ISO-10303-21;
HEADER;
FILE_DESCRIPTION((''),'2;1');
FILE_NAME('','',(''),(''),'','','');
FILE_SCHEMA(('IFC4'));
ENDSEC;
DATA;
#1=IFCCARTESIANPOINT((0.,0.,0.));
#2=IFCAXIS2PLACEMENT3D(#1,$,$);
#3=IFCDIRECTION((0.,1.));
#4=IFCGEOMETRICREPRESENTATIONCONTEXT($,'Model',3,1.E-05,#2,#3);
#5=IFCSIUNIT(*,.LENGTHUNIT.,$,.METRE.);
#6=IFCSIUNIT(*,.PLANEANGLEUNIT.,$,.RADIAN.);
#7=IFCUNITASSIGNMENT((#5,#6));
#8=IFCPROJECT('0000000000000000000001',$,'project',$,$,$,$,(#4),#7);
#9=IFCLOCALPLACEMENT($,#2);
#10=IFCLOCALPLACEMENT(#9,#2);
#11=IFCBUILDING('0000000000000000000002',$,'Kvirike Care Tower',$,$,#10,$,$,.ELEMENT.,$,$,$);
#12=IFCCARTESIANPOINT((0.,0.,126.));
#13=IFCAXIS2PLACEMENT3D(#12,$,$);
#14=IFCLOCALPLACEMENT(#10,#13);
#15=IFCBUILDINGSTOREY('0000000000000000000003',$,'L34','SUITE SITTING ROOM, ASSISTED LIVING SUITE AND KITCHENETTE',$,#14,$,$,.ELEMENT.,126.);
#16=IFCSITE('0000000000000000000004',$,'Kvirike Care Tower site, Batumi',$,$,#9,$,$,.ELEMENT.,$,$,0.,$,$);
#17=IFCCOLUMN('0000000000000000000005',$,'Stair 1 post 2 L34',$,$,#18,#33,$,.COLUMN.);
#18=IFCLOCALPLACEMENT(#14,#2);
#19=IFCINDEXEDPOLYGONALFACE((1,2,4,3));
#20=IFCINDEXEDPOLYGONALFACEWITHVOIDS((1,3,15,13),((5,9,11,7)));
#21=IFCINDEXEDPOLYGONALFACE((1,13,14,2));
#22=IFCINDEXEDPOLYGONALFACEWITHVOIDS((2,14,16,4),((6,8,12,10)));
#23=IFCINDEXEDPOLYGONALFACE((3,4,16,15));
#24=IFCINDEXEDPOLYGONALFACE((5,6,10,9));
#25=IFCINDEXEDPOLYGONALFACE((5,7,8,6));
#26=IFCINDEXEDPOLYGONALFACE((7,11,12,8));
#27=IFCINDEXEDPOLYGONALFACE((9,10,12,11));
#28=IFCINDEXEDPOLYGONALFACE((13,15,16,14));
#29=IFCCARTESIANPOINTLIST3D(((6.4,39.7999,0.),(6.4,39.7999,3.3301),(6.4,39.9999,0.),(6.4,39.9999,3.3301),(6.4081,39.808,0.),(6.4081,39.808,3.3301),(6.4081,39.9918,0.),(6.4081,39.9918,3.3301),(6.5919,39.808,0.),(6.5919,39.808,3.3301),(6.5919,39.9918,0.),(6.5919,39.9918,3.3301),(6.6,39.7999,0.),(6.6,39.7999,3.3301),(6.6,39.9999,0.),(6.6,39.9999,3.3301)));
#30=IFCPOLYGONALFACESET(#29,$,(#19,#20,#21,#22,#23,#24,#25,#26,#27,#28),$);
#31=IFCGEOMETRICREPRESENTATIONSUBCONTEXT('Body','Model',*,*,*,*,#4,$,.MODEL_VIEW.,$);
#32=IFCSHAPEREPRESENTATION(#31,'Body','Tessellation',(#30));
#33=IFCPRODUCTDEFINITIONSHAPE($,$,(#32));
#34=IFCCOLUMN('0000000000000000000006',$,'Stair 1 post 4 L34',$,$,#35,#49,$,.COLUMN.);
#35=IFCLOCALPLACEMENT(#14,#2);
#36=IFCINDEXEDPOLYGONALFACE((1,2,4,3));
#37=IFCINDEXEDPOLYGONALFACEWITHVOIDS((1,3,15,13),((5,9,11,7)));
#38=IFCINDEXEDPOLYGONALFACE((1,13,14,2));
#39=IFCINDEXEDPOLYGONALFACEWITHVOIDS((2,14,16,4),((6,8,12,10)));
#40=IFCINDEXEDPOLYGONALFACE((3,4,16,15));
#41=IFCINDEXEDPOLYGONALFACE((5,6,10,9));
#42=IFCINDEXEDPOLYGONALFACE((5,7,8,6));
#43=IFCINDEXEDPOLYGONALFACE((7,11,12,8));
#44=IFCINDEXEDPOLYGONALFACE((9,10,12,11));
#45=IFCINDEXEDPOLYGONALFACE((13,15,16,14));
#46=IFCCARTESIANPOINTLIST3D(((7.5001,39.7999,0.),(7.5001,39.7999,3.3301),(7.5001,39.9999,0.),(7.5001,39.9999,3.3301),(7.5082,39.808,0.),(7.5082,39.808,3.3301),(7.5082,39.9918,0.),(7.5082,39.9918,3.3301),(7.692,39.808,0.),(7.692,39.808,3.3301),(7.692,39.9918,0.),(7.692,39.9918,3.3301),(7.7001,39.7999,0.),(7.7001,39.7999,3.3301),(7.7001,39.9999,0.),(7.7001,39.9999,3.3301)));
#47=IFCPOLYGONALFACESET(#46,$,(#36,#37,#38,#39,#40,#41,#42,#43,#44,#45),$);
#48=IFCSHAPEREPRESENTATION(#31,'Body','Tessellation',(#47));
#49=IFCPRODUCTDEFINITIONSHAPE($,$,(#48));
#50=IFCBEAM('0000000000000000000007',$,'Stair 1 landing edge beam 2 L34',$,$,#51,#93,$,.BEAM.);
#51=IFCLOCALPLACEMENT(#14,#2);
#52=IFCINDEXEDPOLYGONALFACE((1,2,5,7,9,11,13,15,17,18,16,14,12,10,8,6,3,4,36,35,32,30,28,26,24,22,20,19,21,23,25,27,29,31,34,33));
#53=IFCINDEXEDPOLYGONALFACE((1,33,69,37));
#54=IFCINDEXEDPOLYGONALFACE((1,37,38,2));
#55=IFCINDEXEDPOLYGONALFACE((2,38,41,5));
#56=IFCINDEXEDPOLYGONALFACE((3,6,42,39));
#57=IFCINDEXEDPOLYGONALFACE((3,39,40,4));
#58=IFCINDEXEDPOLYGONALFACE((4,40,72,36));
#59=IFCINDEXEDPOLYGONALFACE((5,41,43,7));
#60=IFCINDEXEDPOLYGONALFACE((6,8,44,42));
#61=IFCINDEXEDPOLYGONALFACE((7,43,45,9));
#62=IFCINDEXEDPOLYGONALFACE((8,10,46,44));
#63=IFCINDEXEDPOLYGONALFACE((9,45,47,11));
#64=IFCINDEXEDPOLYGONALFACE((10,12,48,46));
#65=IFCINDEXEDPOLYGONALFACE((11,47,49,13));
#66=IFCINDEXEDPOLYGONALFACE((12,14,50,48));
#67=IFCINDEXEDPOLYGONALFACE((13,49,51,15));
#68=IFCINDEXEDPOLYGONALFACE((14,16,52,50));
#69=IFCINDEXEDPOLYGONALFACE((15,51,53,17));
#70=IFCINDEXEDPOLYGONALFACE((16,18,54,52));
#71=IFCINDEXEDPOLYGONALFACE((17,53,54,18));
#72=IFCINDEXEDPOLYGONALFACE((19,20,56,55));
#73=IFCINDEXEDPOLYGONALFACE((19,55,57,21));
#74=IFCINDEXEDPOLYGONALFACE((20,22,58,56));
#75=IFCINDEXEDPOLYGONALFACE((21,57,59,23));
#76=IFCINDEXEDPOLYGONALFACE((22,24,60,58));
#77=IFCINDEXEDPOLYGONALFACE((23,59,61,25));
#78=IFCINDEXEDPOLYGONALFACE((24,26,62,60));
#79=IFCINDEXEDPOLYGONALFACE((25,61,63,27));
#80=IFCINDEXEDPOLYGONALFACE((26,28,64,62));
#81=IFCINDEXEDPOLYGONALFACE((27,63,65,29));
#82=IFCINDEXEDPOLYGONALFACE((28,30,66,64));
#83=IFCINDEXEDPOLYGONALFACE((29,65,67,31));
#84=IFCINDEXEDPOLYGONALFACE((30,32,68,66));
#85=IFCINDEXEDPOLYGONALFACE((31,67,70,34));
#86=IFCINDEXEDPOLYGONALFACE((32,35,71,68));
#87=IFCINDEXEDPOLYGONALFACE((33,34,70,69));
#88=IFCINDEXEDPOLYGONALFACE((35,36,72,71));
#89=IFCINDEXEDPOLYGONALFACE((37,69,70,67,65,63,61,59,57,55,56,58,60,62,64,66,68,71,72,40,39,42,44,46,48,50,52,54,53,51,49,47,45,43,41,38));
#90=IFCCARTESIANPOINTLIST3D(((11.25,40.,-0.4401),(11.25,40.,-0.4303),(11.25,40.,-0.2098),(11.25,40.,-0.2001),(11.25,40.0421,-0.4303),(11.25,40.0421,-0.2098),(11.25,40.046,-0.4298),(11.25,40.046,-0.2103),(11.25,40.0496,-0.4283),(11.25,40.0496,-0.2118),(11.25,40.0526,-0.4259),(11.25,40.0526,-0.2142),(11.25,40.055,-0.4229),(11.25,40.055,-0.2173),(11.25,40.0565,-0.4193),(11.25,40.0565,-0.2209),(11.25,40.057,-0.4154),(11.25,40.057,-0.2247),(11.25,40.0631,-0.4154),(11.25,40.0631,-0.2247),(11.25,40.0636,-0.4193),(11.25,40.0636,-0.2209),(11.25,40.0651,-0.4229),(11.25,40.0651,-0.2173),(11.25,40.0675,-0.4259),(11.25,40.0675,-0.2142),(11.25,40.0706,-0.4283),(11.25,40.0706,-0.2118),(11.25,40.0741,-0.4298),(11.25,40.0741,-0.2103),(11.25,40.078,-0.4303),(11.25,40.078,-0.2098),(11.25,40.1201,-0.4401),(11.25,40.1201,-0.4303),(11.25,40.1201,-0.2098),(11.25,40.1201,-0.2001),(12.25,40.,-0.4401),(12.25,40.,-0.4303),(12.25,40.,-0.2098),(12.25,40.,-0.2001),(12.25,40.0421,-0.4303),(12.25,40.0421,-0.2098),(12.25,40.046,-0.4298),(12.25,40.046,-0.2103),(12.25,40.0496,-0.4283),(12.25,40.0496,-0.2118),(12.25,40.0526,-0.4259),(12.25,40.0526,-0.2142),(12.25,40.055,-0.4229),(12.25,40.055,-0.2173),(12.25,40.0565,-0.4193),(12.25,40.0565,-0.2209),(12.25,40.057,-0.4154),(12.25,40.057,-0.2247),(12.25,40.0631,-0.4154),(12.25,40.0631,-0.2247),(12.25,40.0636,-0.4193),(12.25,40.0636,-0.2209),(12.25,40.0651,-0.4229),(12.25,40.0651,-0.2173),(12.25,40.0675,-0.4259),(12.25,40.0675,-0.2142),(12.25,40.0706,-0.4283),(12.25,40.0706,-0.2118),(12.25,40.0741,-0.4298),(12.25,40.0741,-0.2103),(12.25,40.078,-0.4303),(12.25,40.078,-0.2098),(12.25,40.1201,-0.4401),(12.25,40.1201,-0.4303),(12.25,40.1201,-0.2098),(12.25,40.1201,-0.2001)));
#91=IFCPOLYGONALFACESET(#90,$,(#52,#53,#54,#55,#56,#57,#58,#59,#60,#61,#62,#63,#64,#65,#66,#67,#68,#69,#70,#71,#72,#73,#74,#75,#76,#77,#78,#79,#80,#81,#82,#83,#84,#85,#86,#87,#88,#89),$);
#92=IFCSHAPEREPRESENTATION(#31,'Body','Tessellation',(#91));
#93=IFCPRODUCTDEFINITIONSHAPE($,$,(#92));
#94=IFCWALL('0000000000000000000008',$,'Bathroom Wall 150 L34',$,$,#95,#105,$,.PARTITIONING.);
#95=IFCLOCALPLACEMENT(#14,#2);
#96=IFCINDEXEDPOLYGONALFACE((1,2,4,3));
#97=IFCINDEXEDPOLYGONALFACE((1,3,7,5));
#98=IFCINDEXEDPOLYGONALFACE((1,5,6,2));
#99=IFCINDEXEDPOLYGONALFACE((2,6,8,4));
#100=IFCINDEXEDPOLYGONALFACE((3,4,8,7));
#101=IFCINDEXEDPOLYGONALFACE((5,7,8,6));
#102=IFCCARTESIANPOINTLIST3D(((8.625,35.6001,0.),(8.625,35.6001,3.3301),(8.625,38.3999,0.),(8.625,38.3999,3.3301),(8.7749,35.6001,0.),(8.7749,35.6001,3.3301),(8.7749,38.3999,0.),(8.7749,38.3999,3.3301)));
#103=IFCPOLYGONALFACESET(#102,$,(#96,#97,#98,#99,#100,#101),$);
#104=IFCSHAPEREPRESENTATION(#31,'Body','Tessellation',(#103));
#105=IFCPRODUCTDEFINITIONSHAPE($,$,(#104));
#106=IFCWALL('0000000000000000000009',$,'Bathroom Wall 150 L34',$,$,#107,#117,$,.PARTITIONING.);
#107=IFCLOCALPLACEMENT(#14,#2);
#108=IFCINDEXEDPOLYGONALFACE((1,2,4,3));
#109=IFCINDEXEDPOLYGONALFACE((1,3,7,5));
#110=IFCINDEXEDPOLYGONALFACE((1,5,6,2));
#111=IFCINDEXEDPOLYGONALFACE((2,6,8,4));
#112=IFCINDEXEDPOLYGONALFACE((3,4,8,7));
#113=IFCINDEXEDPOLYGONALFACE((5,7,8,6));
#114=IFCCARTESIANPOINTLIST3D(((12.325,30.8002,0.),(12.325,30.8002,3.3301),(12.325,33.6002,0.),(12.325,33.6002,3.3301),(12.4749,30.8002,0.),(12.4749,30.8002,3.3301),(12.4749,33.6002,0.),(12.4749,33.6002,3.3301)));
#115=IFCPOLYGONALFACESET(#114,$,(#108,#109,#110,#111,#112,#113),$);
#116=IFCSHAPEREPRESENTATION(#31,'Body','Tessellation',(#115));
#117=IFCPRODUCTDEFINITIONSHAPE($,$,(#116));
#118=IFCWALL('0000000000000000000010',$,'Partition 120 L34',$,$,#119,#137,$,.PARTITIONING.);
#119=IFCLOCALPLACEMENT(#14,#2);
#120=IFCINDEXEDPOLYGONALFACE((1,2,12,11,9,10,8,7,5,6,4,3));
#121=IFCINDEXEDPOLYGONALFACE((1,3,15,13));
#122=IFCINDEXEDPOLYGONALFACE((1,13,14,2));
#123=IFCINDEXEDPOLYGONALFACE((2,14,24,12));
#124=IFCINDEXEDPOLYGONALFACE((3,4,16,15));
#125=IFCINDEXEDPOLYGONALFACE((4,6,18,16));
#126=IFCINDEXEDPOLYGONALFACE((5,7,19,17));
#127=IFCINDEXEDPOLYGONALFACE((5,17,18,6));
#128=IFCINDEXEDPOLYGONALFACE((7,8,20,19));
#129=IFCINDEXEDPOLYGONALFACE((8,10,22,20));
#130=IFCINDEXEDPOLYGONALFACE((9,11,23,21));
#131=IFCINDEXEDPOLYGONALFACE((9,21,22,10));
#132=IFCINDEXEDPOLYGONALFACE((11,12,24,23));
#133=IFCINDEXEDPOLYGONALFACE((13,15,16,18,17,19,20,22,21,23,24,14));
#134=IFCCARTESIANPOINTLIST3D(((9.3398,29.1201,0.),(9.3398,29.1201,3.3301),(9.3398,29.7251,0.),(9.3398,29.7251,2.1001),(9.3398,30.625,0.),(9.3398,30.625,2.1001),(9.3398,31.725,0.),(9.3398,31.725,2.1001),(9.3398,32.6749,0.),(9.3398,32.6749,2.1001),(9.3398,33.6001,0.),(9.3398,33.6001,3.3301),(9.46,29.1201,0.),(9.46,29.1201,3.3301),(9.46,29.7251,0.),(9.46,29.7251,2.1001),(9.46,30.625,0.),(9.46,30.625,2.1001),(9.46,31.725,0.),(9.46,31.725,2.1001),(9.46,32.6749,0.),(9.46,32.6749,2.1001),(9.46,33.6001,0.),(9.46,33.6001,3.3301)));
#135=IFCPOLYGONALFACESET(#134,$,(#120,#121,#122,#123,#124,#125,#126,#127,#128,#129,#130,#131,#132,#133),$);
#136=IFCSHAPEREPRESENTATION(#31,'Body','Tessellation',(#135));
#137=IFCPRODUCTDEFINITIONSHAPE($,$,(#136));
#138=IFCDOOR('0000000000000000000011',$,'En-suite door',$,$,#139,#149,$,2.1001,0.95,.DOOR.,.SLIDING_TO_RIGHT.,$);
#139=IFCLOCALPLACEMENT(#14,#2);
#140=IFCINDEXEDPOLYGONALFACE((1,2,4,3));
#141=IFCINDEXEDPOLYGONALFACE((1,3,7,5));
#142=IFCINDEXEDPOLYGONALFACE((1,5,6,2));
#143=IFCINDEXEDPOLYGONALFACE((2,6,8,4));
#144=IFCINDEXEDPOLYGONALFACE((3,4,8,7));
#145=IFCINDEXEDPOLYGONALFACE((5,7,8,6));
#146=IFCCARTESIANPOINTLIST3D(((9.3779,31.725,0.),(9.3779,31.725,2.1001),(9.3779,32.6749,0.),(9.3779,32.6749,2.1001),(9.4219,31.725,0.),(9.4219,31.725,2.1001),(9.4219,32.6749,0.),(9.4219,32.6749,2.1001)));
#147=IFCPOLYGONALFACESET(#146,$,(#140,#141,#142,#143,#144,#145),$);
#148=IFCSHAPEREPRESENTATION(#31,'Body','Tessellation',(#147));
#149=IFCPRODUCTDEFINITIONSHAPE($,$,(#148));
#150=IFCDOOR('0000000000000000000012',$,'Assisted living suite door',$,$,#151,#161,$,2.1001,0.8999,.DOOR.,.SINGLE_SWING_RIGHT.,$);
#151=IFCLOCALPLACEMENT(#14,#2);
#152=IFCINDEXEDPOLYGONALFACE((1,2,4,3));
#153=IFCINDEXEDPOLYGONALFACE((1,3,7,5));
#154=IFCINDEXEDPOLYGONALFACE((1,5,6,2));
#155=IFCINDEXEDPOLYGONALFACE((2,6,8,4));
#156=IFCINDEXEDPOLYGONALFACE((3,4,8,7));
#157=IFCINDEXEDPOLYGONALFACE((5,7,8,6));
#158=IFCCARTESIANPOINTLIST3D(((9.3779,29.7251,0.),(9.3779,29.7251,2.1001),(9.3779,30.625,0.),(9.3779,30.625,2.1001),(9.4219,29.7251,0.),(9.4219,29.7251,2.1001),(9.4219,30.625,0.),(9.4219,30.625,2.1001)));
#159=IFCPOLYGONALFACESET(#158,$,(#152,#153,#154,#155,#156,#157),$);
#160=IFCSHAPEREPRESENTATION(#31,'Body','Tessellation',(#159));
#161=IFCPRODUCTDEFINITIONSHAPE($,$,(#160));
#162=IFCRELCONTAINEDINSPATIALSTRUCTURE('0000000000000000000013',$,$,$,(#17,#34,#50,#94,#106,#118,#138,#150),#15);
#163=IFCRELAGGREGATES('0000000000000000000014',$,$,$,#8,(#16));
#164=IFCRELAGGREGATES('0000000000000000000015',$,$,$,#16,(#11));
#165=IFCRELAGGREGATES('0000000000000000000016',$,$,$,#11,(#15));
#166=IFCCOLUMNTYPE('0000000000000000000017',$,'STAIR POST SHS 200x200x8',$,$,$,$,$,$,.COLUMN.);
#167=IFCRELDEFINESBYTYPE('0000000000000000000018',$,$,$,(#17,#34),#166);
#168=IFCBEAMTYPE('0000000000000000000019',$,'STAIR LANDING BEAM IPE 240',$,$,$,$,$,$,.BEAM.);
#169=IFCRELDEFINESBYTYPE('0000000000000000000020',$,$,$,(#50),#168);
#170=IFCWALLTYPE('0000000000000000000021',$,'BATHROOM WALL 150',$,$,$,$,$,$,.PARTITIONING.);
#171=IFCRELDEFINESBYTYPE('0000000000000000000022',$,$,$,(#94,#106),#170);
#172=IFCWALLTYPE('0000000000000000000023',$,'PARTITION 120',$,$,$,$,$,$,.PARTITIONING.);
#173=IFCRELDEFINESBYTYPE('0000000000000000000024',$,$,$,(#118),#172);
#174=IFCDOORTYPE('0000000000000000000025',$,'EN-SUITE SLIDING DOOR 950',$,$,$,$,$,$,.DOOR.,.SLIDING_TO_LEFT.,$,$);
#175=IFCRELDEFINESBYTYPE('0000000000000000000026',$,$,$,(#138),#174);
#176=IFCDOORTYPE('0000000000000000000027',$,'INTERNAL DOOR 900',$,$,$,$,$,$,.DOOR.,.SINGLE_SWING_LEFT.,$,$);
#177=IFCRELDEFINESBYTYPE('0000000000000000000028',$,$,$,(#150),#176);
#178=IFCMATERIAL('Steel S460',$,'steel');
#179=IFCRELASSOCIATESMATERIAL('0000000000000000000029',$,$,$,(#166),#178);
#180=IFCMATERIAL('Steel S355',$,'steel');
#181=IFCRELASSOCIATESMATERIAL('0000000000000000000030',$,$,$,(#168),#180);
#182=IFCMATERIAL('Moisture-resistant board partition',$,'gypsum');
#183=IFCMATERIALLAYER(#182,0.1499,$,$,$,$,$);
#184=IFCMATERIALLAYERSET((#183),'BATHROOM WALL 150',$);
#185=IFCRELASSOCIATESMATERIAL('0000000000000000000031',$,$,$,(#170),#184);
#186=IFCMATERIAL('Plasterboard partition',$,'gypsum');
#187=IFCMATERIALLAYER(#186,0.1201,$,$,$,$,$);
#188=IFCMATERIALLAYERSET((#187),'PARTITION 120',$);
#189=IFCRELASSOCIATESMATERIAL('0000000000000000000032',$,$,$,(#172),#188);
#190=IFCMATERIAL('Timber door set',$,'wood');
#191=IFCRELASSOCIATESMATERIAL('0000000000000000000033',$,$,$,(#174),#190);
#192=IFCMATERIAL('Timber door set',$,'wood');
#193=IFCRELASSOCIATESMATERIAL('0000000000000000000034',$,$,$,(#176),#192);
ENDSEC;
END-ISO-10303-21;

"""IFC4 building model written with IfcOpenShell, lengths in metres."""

from ifc_helpers import new_model, si_unit, direction, frame, frame_2d, origin, origin_2d, place, context, subcontext, project, spatial, rectangle, hollow_rectangle, i_section, extrude, material, layer, layer_set, material_profile, profile_set, type_object, element, fill, save


model = new_model("IFC4")

# Units and contexts
model_context = context("Model", 3, precision=1e-05, world=origin(), true_north=direction((0.0, 1.0)))
body_context = subcontext(model_context, "Body", "Model", "MODEL_VIEW")
ifc_project = project(units=[si_unit("LENGTHUNIT", "METRE"), si_unit("PLANEANGLEUNIT", "RADIAN")], contexts=[model_context])

# Site, building, storey
site_placement = place(None, origin())
site = spatial("IfcSite", under=ifc_project, at=site_placement, Name="Kvirike Care Tower site, Batumi", CompositionType="ELEMENT", RefElevation=0.0)
building_placement = place(site_placement, origin())
building = spatial("IfcBuilding", under=site, at=building_placement, Name="Kvirike Care Tower", CompositionType="ELEMENT")
storey_placement = place(building_placement, frame((0.0, 0.0, 126.0)))
storey = spatial("IfcBuildingStorey", under=building, at=storey_placement, Name="L34", Description="SUITE SITTING ROOM, ASSISTED LIVING SUITE AND KITCHENETTE", CompositionType="ELEMENT", Elevation=126.0)

# Columns
ifc_material_1 = material(Name="Steel S460", Category="steel")
ifc_material_profile_1 = material_profile(ifc_material_1, hollow_rectangle(XDim=0.2, YDim=0.2, WallThickness=0.0081, at=origin_2d()), Name="SHS 200x200x8")
ifc_profile_set_1 = profile_set([ifc_material_profile_1], Name="Steel S460")
column_type = type_object("IfcColumnType", Name="STAIR POST SHS 200x200x8", PredefinedType="COLUMN", material=ifc_profile_set_1)
for number, where, z_axis, x_axis, name in (
    (1, (6.5, 39.8999, 0.0), (0.0, 0.0, 1.0), (1.0, 0.0, 0.0), "Stair 1 post 2 L34"),
    (2, (7.6001, 39.8999, 0.0), (0.0, 0.0, 1.0), (1.0, 0.0, 0.0), "Stair 1 post 4 L34"),
):
    element("IfcColumn", number, at=place(storey_placement, frame(where, z_axis=z_axis, x_axis=x_axis)), inside=storey, type_object=column_type, Name=name, PredefinedType="COLUMN", context=body_context, shape_type="SweptSolid", body=[
        extrude(hollow_rectangle(XDim=0.2, YDim=0.2, WallThickness=0.0081, at=origin_2d()), origin(), (0.0, 0.0, 1.0), 3.3301),
    ])

# Beam
ifc_material_2 = material(Name="Steel S355", Category="steel")
ifc_material_profile_2 = material_profile(ifc_material_2, i_section(OverallWidth=0.1201, OverallDepth=0.24, WebThickness=0.0061, FlangeThickness=0.0098, FilletRadius=0.0149, at=origin_2d()), Name="IPE 240")
ifc_profile_set_2 = profile_set([ifc_material_profile_2], Name="Steel S355")
beam_type = type_object("IfcBeamType", Name="STAIR LANDING BEAM IPE 240", PredefinedType="BEAM", material=ifc_profile_set_2)
beam_placement = place(storey_placement, frame((11.25, 40.0601, -0.3201), z_axis=(1.0, 0.0, 0.0), x_axis=(0.0, 1.0, 0.0)))
element("IfcBeam", 3, at=beam_placement, inside=storey, type_object=beam_type, Name="Stair 1 landing edge beam 2 L34", PredefinedType="BEAM", context=body_context, shape_type="SweptSolid", body=[
    extrude(i_section(OverallWidth=0.1201, OverallDepth=0.24, WebThickness=0.0061, FlangeThickness=0.0098, FilletRadius=0.0149, at=origin_2d()), origin(), (0.0, 0.0, 1.0), 1.0),
])

# Walls
ifc_material_3 = material(Name="Moisture-resistant board partition", Category="gypsum")
ifc_layer_1 = layer(ifc_material_3, 0.1499)
ifc_layer_set_1 = layer_set([ifc_layer_1], Name="BATHROOM WALL 150")
wall_type_1 = type_object("IfcWallType", Name="BATHROOM WALL 150", PredefinedType="PARTITIONING", material=ifc_layer_set_1)
wall_1_placement = place(storey_placement, frame((8.7, 38.3999, 0.0), z_axis=(0.0, 0.0, 1.0), x_axis=(0.0, -1.0, 0.0)))
element("IfcWall", 4, at=wall_1_placement, inside=storey, type_object=wall_type_1, Name="Bathroom Wall 150 L34", PredefinedType="PARTITIONING", context=body_context, shape_type="SweptSolid", body=[
    extrude(rectangle(XDim=2.7998, YDim=0.1499, at=frame_2d((1.3999, 0.0))), origin(), (0.0, 0.0, 1.0), 3.3301),
])
wall_2_placement = place(storey_placement, frame((12.3999, 33.6001, 0.0), z_axis=(0.0, 0.0, 1.0), x_axis=(0.0, -1.0, 0.0)))
element("IfcWall", 5, at=wall_2_placement, inside=storey, type_object=wall_type_1, Name="Bathroom Wall 150 L34", PredefinedType="PARTITIONING", context=body_context, shape_type="SweptSolid", body=[
    extrude(rectangle(XDim=2.8, YDim=0.1499, at=frame_2d((1.3999, 0.0))), origin(), (0.0, 0.0, 1.0), 3.3301),
])

# Wall, openings, doors
ifc_material_4 = material(Name="Plasterboard partition", Category="gypsum")
ifc_layer_2 = layer(ifc_material_4, 0.1201)
ifc_layer_set_2 = layer_set([ifc_layer_2], Name="PARTITION 120")
wall_type_2 = type_object("IfcWallType", Name="PARTITION 120", PredefinedType="PARTITIONING", material=ifc_layer_set_2)
wall_3_placement = place(storey_placement, frame((9.3999, 33.6001, 0.0), z_axis=(0.0, 0.0, 1.0), x_axis=(0.0, -1.0, 0.0)))
wall_3 = element("IfcWall", 6, at=wall_3_placement, inside=storey, type_object=wall_type_2, Name="Partition 120 L34", PredefinedType="PARTITIONING", context=body_context, shape_type="SweptSolid", body=[
    extrude(rectangle(XDim=4.48, YDim=0.1201, at=frame_2d((2.24, 0.0))), origin(), (0.0, 0.0, 1.0), 3.3301),
])
opening_1_placement = place(wall_3_placement, frame((2.9751, 0.0, 0.0)))
opening_1 = element("IfcOpeningElement", 7, at=opening_1_placement, cuts=wall_3, PredefinedType="OPENING", context=body_context, shape_type="SweptSolid", body=[
    extrude(rectangle(XDim=0.8999, YDim=2.1001, at=frame_2d((0.45, 1.05))), frame((0.0, 0.0706, 0.0), z_axis=(0.0, -1.0, 0.0), x_axis=(1.0, 0.0, 0.0)), (0.0, 0.0, 1.0), 0.1411),
])
opening_2_placement = place(wall_3_placement, frame((0.925, 0.0, 0.0)))
opening_2 = element("IfcOpeningElement", 8, at=opening_2_placement, cuts=wall_3, PredefinedType="OPENING", context=body_context, shape_type="SweptSolid", body=[
    extrude(rectangle(XDim=0.95, YDim=2.1001, at=frame_2d((0.4751, 1.05))), frame((0.0, 0.0706, 0.0), z_axis=(0.0, -1.0, 0.0), x_axis=(1.0, 0.0, 0.0)), (0.0, 0.0, 1.0), 0.1411),
])
ifc_material_5 = material(Name="Timber door set", Category="wood")
door_type_1 = type_object("IfcDoorType", Name="EN-SUITE SLIDING DOOR 950", OperationType="SLIDING_TO_LEFT", PredefinedType="DOOR", material=ifc_material_5)
door_1_placement = place(opening_2_placement, origin())
door_1 = element("IfcDoor", 9, at=door_1_placement, inside=storey, type_object=door_type_1, Name="En-suite door", OperationType="SLIDING_TO_RIGHT", OverallHeight=2.1001, OverallWidth=0.95, PredefinedType="DOOR", context=body_context, shape_type="SweptSolid", body=[
    extrude(rectangle(XDim=0.95, YDim=2.1001, at=frame_2d((0.4751, 1.05))), frame((0.0, 0.022, 0.0), z_axis=(0.0, -1.0, 0.0), x_axis=(1.0, 0.0, 0.0)), (0.0, 0.0, 1.0), 0.0439),
])
fill(opening_2, door_1)
ifc_material_6 = material(Name="Timber door set", Category="wood")
door_type_2 = type_object("IfcDoorType", Name="INTERNAL DOOR 900", OperationType="SINGLE_SWING_LEFT", PredefinedType="DOOR", material=ifc_material_6)
door_2_placement = place(opening_1_placement, origin())
door_2 = element("IfcDoor", 10, at=door_2_placement, inside=storey, type_object=door_type_2, Name="Assisted living suite door", OperationType="SINGLE_SWING_RIGHT", OverallHeight=2.1001, OverallWidth=0.8999, PredefinedType="DOOR", context=body_context, shape_type="SweptSolid", body=[
    extrude(rectangle(XDim=0.8999, YDim=2.1001, at=frame_2d((0.45, 1.05))), frame((0.0, 0.022, 0.0), z_axis=(0.0, -1.0, 0.0), x_axis=(1.0, 0.0, 0.0)), (0.0, 0.0, 1.0), 0.0439),
])
fill(opening_1, door_2)

save(model, "model.ifc")
